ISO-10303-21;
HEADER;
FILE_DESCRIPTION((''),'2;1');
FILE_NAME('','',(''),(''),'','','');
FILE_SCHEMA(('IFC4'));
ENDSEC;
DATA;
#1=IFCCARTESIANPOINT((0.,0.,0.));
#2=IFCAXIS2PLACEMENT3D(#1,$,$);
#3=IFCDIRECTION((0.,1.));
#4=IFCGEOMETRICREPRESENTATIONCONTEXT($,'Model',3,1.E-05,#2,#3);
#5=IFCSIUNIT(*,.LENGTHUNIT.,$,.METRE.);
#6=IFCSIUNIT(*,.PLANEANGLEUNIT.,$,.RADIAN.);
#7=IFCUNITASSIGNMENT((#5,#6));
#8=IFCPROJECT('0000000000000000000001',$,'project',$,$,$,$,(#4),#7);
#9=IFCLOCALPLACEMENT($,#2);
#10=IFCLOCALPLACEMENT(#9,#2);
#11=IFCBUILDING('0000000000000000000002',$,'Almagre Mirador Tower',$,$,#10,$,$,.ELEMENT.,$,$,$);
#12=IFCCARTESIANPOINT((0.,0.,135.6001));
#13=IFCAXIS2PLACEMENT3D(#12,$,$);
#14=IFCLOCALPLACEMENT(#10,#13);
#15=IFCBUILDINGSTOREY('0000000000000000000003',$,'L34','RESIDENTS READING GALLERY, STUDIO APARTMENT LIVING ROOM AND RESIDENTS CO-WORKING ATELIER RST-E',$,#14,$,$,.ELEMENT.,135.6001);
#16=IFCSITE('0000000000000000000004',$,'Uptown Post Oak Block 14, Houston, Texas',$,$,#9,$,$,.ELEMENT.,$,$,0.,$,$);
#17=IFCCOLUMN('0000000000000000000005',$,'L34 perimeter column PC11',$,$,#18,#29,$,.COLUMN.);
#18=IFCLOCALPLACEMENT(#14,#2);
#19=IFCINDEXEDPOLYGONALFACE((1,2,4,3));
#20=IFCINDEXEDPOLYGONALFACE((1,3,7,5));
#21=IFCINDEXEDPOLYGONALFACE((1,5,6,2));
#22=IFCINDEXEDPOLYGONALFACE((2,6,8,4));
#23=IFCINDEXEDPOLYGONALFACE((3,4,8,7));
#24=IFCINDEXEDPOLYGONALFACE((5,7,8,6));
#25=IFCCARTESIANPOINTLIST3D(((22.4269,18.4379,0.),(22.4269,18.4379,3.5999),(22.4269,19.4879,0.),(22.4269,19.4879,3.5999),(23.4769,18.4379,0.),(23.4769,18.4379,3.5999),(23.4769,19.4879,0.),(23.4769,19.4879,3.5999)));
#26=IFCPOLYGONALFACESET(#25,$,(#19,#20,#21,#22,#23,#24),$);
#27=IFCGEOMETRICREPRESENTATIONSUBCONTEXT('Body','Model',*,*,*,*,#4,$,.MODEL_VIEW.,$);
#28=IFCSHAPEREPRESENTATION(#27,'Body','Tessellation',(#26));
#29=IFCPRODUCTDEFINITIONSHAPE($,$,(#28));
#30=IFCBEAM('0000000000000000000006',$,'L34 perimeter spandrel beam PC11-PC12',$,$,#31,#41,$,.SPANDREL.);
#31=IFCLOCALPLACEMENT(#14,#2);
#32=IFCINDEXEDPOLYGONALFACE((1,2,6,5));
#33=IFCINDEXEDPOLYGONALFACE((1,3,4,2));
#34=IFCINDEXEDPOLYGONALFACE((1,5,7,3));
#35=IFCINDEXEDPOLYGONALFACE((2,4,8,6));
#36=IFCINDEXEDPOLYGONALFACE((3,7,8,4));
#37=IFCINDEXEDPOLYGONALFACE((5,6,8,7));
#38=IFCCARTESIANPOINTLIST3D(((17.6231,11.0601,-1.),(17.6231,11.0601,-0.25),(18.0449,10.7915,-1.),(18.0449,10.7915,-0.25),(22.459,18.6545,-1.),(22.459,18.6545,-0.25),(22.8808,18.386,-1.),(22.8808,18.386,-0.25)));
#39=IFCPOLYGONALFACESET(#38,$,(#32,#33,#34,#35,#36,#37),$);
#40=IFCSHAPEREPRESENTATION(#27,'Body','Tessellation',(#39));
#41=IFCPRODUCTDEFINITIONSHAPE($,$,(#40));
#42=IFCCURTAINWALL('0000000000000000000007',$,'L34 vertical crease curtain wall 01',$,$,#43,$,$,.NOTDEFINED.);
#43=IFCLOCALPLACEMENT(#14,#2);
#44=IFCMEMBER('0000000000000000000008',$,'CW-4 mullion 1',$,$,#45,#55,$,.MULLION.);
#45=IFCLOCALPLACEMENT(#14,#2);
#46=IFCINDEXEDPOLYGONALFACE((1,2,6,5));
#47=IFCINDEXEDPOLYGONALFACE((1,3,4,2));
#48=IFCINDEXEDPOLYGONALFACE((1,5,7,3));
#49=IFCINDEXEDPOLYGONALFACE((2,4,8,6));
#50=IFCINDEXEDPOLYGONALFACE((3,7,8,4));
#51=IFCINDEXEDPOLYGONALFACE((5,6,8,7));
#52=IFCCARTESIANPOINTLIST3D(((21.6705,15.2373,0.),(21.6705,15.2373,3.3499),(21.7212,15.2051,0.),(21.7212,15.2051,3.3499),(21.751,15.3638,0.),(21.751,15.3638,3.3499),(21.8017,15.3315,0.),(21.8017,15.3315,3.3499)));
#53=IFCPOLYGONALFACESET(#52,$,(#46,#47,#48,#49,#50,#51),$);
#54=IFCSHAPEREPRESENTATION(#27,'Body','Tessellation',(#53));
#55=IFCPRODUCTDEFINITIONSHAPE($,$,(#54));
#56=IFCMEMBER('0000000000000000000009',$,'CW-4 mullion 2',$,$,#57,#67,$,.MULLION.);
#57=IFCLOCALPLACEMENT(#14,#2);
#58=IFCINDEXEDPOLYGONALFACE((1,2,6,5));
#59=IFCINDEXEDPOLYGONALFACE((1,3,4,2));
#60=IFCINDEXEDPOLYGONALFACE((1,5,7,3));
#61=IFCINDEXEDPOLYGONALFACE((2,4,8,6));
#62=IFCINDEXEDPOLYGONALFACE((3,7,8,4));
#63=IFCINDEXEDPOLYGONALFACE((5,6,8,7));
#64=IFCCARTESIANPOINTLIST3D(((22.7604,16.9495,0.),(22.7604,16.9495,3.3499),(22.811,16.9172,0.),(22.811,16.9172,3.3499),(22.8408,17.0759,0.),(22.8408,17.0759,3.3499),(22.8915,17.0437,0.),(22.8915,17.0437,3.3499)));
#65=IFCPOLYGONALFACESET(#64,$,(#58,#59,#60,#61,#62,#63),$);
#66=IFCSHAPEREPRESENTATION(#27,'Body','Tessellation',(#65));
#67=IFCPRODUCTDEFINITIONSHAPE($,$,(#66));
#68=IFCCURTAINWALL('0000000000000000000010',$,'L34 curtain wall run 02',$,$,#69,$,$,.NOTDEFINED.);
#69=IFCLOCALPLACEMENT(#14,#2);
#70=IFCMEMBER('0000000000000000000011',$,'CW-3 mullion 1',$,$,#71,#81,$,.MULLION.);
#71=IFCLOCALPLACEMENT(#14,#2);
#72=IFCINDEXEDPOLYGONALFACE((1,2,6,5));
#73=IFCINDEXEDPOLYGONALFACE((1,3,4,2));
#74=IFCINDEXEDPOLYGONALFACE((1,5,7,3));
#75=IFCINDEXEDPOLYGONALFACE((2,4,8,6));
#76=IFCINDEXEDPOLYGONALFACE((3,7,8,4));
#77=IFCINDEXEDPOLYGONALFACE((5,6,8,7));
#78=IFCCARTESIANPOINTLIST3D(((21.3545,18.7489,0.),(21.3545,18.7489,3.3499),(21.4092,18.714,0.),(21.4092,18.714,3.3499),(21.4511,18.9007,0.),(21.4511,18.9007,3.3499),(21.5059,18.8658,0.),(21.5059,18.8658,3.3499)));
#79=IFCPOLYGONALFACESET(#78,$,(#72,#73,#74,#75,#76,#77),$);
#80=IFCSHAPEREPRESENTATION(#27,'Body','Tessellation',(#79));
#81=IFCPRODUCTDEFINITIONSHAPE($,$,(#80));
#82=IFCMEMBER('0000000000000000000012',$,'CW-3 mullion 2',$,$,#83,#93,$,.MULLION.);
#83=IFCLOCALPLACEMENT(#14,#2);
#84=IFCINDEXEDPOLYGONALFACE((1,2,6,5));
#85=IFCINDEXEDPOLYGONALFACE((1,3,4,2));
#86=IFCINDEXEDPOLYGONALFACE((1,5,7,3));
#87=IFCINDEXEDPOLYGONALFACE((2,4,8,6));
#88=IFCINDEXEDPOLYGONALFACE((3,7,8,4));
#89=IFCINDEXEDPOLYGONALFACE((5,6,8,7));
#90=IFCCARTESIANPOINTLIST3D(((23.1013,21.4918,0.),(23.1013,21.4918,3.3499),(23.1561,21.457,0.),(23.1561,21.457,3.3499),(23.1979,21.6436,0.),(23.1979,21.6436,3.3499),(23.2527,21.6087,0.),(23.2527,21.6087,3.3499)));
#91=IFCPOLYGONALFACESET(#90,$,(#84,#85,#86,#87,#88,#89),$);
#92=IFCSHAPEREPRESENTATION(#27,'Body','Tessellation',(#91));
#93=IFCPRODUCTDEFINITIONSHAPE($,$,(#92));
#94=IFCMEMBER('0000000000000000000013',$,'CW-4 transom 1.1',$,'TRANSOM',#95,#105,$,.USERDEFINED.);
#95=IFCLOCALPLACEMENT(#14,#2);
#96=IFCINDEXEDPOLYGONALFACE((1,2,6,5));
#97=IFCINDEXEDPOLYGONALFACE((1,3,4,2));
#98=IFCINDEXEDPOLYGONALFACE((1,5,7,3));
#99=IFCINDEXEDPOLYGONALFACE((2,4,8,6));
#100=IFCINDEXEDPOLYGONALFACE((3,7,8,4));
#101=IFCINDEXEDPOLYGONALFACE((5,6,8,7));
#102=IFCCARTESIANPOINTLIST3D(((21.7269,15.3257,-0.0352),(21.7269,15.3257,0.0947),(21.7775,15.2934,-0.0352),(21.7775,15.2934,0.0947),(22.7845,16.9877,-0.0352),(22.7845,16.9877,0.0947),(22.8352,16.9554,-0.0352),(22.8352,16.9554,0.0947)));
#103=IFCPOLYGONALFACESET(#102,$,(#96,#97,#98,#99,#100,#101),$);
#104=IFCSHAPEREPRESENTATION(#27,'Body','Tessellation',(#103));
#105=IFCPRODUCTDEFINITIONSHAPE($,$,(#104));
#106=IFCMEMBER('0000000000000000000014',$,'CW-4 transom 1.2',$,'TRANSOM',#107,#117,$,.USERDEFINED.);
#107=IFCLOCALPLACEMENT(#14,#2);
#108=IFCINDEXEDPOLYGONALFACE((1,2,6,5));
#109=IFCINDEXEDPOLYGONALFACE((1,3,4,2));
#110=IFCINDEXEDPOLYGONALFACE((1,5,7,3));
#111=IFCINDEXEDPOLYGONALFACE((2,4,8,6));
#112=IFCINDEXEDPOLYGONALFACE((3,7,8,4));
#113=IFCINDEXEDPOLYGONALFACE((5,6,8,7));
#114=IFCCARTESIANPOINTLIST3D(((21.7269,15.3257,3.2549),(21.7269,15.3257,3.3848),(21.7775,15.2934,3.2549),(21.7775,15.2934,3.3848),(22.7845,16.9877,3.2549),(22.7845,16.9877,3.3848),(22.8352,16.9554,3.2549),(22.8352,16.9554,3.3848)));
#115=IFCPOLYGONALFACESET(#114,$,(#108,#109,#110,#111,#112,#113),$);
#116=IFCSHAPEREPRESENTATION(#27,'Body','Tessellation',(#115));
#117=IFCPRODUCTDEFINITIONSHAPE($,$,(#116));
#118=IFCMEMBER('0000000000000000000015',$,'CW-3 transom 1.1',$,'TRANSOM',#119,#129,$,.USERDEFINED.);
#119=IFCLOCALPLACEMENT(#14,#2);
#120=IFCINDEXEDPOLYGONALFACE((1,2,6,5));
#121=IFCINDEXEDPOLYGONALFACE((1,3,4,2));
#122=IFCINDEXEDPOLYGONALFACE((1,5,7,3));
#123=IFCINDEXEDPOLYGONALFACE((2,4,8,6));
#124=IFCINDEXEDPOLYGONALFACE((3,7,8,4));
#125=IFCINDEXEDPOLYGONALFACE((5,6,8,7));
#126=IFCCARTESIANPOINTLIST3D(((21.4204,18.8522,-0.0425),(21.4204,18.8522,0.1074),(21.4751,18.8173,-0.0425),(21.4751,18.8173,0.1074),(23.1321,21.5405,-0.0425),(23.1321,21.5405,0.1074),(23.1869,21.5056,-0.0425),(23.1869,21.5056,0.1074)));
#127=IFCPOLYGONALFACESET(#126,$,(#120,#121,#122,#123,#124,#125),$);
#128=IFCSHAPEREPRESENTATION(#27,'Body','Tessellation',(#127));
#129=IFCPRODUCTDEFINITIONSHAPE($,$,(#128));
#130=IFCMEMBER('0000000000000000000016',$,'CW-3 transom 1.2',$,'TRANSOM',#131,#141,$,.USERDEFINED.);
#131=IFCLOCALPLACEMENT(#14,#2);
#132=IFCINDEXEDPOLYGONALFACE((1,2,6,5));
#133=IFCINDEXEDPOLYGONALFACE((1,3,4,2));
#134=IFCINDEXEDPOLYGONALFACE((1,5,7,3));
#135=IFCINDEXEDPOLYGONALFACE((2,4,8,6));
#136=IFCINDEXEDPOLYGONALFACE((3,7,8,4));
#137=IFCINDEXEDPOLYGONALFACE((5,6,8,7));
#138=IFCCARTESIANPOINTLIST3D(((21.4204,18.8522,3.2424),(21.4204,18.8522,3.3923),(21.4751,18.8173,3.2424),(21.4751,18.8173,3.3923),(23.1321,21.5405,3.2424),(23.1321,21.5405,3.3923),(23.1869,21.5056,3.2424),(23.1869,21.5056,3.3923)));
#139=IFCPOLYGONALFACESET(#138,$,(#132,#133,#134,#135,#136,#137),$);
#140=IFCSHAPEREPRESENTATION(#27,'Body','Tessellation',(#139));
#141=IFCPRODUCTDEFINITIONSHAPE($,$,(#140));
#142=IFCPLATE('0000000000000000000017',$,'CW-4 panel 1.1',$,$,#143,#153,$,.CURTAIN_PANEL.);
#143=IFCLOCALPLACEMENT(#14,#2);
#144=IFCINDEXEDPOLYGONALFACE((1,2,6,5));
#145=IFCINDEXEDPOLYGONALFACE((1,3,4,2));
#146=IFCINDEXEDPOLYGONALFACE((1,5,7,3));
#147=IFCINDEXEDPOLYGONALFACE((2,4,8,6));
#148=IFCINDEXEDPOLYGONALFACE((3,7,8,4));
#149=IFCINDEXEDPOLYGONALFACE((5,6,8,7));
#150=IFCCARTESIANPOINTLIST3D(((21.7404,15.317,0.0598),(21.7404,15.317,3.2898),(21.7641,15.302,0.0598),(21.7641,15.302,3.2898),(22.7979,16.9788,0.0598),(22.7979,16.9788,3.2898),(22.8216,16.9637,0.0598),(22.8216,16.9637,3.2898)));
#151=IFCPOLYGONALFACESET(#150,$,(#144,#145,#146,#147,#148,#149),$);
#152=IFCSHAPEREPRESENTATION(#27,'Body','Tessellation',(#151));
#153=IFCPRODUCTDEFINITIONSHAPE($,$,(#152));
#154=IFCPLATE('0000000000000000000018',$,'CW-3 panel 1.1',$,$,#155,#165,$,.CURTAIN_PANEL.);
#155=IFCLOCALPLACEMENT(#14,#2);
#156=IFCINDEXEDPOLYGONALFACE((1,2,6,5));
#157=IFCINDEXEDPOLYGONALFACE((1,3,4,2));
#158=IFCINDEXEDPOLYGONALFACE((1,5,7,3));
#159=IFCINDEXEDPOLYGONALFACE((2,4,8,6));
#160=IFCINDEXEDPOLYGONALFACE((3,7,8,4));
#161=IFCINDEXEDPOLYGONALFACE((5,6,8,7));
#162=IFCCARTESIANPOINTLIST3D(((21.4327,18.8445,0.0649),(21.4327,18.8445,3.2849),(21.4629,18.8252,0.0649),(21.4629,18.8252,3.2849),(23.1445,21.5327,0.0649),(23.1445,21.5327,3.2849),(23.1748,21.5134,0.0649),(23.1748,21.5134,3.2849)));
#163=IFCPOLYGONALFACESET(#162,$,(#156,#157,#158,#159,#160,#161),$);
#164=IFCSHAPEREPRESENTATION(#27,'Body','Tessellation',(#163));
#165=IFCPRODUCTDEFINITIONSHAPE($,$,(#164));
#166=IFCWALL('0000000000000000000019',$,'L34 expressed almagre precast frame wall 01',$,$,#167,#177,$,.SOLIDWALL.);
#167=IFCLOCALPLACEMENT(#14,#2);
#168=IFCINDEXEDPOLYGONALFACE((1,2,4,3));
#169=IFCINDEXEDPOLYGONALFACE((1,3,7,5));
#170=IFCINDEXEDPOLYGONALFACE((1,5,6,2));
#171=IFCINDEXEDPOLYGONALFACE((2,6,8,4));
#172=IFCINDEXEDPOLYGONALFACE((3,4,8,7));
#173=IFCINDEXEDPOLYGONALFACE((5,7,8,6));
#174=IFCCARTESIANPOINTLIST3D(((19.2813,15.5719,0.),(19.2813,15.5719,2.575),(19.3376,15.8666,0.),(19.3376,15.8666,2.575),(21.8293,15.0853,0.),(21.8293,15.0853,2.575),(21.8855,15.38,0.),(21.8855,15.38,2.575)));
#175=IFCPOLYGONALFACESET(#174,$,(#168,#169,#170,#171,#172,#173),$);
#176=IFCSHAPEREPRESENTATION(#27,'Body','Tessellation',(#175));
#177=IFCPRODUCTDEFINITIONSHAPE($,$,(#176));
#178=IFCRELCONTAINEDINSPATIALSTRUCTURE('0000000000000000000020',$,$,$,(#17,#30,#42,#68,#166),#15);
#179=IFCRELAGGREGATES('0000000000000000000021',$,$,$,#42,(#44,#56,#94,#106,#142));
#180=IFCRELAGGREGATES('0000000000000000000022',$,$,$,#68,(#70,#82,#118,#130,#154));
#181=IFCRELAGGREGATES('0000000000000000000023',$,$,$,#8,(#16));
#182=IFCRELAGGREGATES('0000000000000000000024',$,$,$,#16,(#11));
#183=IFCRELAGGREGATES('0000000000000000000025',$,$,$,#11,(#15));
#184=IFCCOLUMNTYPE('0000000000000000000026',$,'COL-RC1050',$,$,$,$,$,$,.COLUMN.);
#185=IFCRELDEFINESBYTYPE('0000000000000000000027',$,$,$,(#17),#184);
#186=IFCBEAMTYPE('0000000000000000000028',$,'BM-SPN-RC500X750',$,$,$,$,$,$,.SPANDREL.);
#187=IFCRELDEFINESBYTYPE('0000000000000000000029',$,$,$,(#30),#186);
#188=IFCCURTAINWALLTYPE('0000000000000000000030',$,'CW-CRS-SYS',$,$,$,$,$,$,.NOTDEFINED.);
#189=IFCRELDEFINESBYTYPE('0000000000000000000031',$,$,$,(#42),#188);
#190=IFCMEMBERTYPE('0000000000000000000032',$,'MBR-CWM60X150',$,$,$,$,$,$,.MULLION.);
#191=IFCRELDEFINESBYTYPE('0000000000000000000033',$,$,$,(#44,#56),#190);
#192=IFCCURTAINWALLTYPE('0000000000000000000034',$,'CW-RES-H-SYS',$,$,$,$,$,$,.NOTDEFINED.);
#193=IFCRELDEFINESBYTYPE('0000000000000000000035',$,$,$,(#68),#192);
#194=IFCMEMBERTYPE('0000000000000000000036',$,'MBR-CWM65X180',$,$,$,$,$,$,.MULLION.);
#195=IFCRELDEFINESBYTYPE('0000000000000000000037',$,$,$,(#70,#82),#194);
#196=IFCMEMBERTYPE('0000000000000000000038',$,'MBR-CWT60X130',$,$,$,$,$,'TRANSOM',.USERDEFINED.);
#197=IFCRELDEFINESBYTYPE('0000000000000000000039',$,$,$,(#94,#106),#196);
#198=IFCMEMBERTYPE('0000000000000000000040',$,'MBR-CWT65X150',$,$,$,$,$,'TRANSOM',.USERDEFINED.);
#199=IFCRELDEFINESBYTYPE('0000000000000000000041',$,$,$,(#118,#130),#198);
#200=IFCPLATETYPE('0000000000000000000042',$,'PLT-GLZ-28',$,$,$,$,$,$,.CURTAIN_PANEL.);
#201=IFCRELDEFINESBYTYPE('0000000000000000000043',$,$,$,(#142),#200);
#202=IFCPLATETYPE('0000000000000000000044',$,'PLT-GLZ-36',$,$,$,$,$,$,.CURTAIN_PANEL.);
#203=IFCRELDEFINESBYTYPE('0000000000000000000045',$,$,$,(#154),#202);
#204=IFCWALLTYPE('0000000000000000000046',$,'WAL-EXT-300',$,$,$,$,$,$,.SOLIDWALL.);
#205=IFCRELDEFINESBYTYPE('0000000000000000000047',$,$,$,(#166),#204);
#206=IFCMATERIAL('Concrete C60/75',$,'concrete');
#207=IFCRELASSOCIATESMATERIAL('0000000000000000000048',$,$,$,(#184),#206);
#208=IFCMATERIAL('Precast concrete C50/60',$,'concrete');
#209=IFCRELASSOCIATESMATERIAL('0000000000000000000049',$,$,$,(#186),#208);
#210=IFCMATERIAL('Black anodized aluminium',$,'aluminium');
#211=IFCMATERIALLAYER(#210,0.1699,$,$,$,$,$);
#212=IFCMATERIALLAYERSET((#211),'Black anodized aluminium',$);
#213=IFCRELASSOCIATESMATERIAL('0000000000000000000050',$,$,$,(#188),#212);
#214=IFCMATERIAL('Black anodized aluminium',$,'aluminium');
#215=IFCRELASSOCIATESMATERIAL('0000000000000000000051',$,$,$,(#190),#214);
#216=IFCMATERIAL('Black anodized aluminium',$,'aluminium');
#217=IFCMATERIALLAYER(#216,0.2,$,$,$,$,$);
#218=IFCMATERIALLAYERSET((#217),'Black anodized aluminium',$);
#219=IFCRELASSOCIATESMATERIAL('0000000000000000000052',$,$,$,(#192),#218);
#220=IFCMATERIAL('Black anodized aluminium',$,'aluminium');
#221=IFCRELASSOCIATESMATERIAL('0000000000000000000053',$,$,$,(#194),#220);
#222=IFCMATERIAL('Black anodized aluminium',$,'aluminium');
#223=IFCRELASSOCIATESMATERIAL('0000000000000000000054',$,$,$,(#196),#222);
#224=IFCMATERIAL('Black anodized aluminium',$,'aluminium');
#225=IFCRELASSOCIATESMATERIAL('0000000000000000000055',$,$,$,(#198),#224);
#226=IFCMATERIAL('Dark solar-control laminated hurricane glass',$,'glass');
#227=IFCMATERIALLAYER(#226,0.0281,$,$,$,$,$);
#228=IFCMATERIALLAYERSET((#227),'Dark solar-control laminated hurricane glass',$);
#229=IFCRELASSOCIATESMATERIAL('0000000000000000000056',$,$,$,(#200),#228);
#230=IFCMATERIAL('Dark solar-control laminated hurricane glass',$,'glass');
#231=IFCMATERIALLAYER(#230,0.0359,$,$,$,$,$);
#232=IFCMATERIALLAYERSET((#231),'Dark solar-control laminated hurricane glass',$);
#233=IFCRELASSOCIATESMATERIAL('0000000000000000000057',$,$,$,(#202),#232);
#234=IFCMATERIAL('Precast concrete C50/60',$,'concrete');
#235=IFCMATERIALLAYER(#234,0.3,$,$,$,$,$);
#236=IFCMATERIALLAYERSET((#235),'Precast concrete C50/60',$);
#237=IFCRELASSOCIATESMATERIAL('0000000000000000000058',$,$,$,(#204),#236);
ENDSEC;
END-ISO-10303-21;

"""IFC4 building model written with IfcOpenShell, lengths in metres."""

from ifc_helpers import new_model, si_unit, direction, frame, frame_2d, origin, origin_2d, place, context, subcontext, project, spatial, rectangle, extrude, material, layer, layer_set, material_profile, profile_set, type_object, element, aggregate, save


model = new_model("IFC4")

# Units and contexts
model_context = context("Model", 3, precision=1e-05, world=origin(), true_north=direction((0.0, 1.0)))
body_context = subcontext(model_context, "Body", "Model", "MODEL_VIEW")
ifc_project = project(units=[si_unit("LENGTHUNIT", "METRE"), si_unit("PLANEANGLEUNIT", "RADIAN")], contexts=[model_context])

# Site, building, storey
site_placement = place(None, origin())
site = spatial("IfcSite", under=ifc_project, at=site_placement, Name="Uptown Post Oak Block 14, Houston, Texas", CompositionType="ELEMENT", RefElevation=0.0)
building_placement = place(site_placement, origin())
building = spatial("IfcBuilding", under=site, at=building_placement, Name="Almagre Mirador Tower", CompositionType="ELEMENT")
storey_placement = place(building_placement, frame((0.0, 0.0, 135.6001)))
storey = spatial("IfcBuildingStorey", under=building, at=storey_placement, Name="L34", Description="RESIDENTS READING GALLERY, STUDIO APARTMENT LIVING ROOM AND RESIDENTS CO-WORKING ATELIER RST-E", CompositionType="ELEMENT", Elevation=135.6001)

# Column
ifc_material_1 = material(Name="Concrete C60/75", Category="concrete")
ifc_material_profile_1 = material_profile(ifc_material_1, rectangle(XDim=1.05, YDim=1.05, at=origin_2d()), Name="RC1050X1050")
ifc_profile_set_1 = profile_set([ifc_material_profile_1], Name="Concrete C60/75")
column_type = type_object("IfcColumnType", Name="COL-RC1050", PredefinedType="COLUMN", material=ifc_profile_set_1)
column_placement = place(storey_placement, frame((22.9519, 18.9629, 0.0), z_axis=(0.0, 0.0, 1.0), x_axis=(1.0, 0.0, 0.0)))
element("IfcColumn", 1, at=column_placement, inside=storey, type_object=column_type, Name="L34 perimeter column PC11", PredefinedType="COLUMN", context=body_context, shape_type="SweptSolid", body=[
    extrude(rectangle(XDim=1.05, YDim=1.05, at=origin_2d()), origin(), (0.0, 0.0, 1.0), 3.5999),
])

# Beam
ifc_material_2 = material(Name="Precast concrete C50/60", Category="concrete")
ifc_material_profile_2 = material_profile(ifc_material_2, rectangle(XDim=0.5, YDim=0.75, at=origin_2d()), Name="RC500X750")
ifc_profile_set_2 = profile_set([ifc_material_profile_2], Name="Precast concrete C50/60")
beam_type = type_object("IfcBeamType", Name="BM-SPN-RC500X750", PredefinedType="SPANDREL", material=ifc_profile_set_2)
beam_placement = place(storey_placement, frame((22.6699, 18.5203, -0.625), z_axis=(-0.537119, -0.843506, 0.0), x_axis=(0.843506, -0.537119, 0.0)))
element("IfcBeam", 2, at=beam_placement, inside=storey, type_object=beam_type, Name="L34 perimeter spandrel beam PC11-PC12", PredefinedType="SPANDREL", context=body_context, shape_type="SweptSolid", body=[
    extrude(rectangle(XDim=0.5, YDim=0.75, at=origin_2d()), origin(), (0.0, 0.0, 1.0), 9.0034),
])

# Curtain walls, members
ifc_material_3 = material(Name="Black anodized aluminium", Category="aluminium")
ifc_layer_1 = layer(ifc_material_3, 0.1699)
ifc_layer_set_1 = layer_set([ifc_layer_1], Name="Black anodized aluminium")
curtain_wall_type_1 = type_object("IfcCurtainWallType", Name="CW-CRS-SYS", PredefinedType="NOTDEFINED", material=ifc_layer_set_1)
curtain_wall_1_placement = place(storey_placement, origin())
curtain_wall_1 = element("IfcCurtainWall", 3, at=curtain_wall_1_placement, inside=storey, type_object=curtain_wall_type_1, Name="L34 vertical crease curtain wall 01", PredefinedType="NOTDEFINED")
ifc_material_4 = material(Name="Black anodized aluminium", Category="aluminium")
ifc_material_profile_3 = material_profile(ifc_material_4, rectangle(XDim=0.0601, YDim=0.1499, at=origin_2d()), Name="CWM60X150")
ifc_profile_set_3 = profile_set([ifc_material_profile_3], Name="Black anodized aluminium")
member_type_1 = type_object("IfcMemberType", Name="MBR-CWM60X150", PredefinedType="MULLION", material=ifc_profile_set_3)
member_1_placement = place(storey_placement, frame((21.7361, 15.2844, 0.0), z_axis=(0.0, 0.0, 1.0), x_axis=(-0.843642, 0.536906, 0.0)))
member_1 = element("IfcMember", 4, at=member_1_placement, type_object=member_type_1, Name="CW-4 mullion 1", PredefinedType="MULLION", context=body_context, shape_type="SweptSolid", body=[
    extrude(rectangle(XDim=0.0601, YDim=0.1499, at=origin_2d()), origin(), (0.0, 0.0, 1.0), 3.3499),
])
member_2_placement = place(storey_placement, frame((22.8259, 16.9966, 0.0), z_axis=(0.0, 0.0, 1.0), x_axis=(-0.843642, 0.536906, 0.0)))
member_2 = element("IfcMember", 5, at=member_2_placement, type_object=member_type_1, Name="CW-4 mullion 2", PredefinedType="MULLION", context=body_context, shape_type="SweptSolid", body=[
    extrude(rectangle(XDim=0.0601, YDim=0.1499, at=origin_2d()), origin(), (0.0, 0.0, 1.0), 3.3499),
])
ifc_material_5 = material(Name="Black anodized aluminium", Category="aluminium")
ifc_layer_2 = layer(ifc_material_5, 0.2)
ifc_layer_set_2 = layer_set([ifc_layer_2], Name="Black anodized aluminium")
curtain_wall_type_2 = type_object("IfcCurtainWallType", Name="CW-RES-H-SYS", PredefinedType="NOTDEFINED", material=ifc_layer_set_2)
curtain_wall_2_placement = place(storey_placement, origin())
curtain_wall_2 = element("IfcCurtainWall", 6, at=curtain_wall_2_placement, inside=storey, type_object=curtain_wall_type_2, Name="L34 curtain wall run 02", PredefinedType="NOTDEFINED")
ifc_material_6 = material(Name="Black anodized aluminium", Category="aluminium")
ifc_material_profile_4 = material_profile(ifc_material_6, rectangle(XDim=0.0649, YDim=0.1799, at=origin_2d()), Name="CWM65X180")
ifc_profile_set_4 = profile_set([ifc_material_profile_4], Name="Black anodized aluminium")
member_type_2 = type_object("IfcMemberType", Name="MBR-CWM65X180", PredefinedType="MULLION", material=ifc_profile_set_4)
member_3_placement = place(storey_placement, frame((21.4302, 18.8074, 0.0), z_axis=(0.0, 0.0, 1.0), x_axis=(-0.843502, 0.537126, 0.0)))
member_3 = element("IfcMember", 7, at=member_3_placement, type_object=member_type_2, Name="CW-3 mullion 1", PredefinedType="MULLION", context=body_context, shape_type="SweptSolid", body=[
    extrude(rectangle(XDim=0.0649, YDim=0.1799, at=origin_2d()), origin(), (0.0, 0.0, 1.0), 3.3499),
])
member_4_placement = place(storey_placement, frame((23.177, 21.5503, 0.0), z_axis=(0.0, 0.0, 1.0), x_axis=(-0.843502, 0.537126, 0.0)))
member_4 = element("IfcMember", 8, at=member_4_placement, type_object=member_type_2, Name="CW-3 mullion 2", PredefinedType="MULLION", context=body_context, shape_type="SweptSolid", body=[
    extrude(rectangle(XDim=0.0649, YDim=0.1799, at=origin_2d()), origin(), (0.0, 0.0, 1.0), 3.3499),
])

# Members
ifc_material_7 = material(Name="Black anodized aluminium", Category="aluminium")
ifc_material_profile_5 = material_profile(ifc_material_7, rectangle(XDim=0.0601, YDim=0.1299, at=origin_2d()), Name="CWT60X130")
ifc_profile_set_5 = profile_set([ifc_material_profile_5], Name="Black anodized aluminium")
member_type_3 = type_object("IfcMemberType", Name="MBR-CWT60X130", ElementType="TRANSOM", PredefinedType="USERDEFINED", material=ifc_profile_set_5)
member_5_placement = place(storey_placement, frame((21.7522, 15.3096, 0.0298), z_axis=(0.5369, 0.843646, 0.0), x_axis=(-0.843646, 0.5369, 0.0)))
member_5 = element("IfcMember", 9, at=member_5_placement, type_object=member_type_3, Name="CW-4 transom 1.1", ObjectType="TRANSOM", PredefinedType="USERDEFINED", context=body_context, shape_type="SweptSolid", body=[
    extrude(rectangle(XDim=0.0601, YDim=0.1299, at=origin_2d()), origin(), (0.0, 0.0, 1.0), 1.97),
])
member_6_placement = place(storey_placement, frame((21.7522, 15.3096, 3.3198), z_axis=(0.5369, 0.843646, 0.0), x_axis=(-0.843646, 0.5369, 0.0)))
member_6 = element("IfcMember", 10, at=member_6_placement, type_object=member_type_3, Name="CW-4 transom 1.2", ObjectType="TRANSOM", PredefinedType="USERDEFINED", context=body_context, shape_type="SweptSolid", body=[
    extrude(rectangle(XDim=0.0601, YDim=0.1299, at=origin_2d()), origin(), (0.0, 0.0, 1.0), 1.97),
])
ifc_material_8 = material(Name="Black anodized aluminium", Category="aluminium")
ifc_material_profile_6 = material_profile(ifc_material_8, rectangle(XDim=0.0649, YDim=0.1499, at=origin_2d()), Name="CWT65X150")
ifc_profile_set_6 = profile_set([ifc_material_profile_6], Name="Black anodized aluminium")
member_type_4 = type_object("IfcMemberType", Name="MBR-CWT65X150", ElementType="TRANSOM", PredefinedType="USERDEFINED", material=ifc_profile_set_6)
member_7_placement = place(storey_placement, frame((21.4478, 18.8347, 0.0325), z_axis=(0.537094, 0.843523, 0.0), x_axis=(-0.843523, 0.537094, 0.0)))
member_7 = element("IfcMember", 11, at=member_7_placement, type_object=member_type_4, Name="CW-3 transom 1.1", ObjectType="TRANSOM", PredefinedType="USERDEFINED", context=body_context, shape_type="SweptSolid", body=[
    extrude(rectangle(XDim=0.0649, YDim=0.1499, at=origin_2d()), origin(), (0.0, 0.0, 1.0), 3.187),
])
member_8_placement = place(storey_placement, frame((21.4478, 18.8347, 3.3174), z_axis=(0.537094, 0.843523, 0.0), x_axis=(-0.843523, 0.537094, 0.0)))
member_8 = element("IfcMember", 12, at=member_8_placement, type_object=member_type_4, Name="CW-3 transom 1.2", ObjectType="TRANSOM", PredefinedType="USERDEFINED", context=body_context, shape_type="SweptSolid", body=[
    extrude(rectangle(XDim=0.0649, YDim=0.1499, at=origin_2d()), origin(), (0.0, 0.0, 1.0), 3.187),
])

# Plates
ifc_material_9 = material(Name="Dark solar-control laminated hurricane glass", Category="glass")
ifc_layer_3 = layer(ifc_material_9, 0.0281)
ifc_layer_set_3 = layer_set([ifc_layer_3], Name="Dark solar-control laminated hurricane glass")
plate_type_1 = type_object("IfcPlateType", Name="PLT-GLZ-28", PredefinedType="CURTAIN_PANEL", material=ifc_layer_set_3)
plate_1_placement = place(storey_placement, frame((22.281, 16.1404, 0.0598), z_axis=(0.0, 0.0, 1.0), x_axis=(0.536906, 0.843642, 0.0)))
plate_1 = element("IfcPlate", 13, at=plate_1_placement, type_object=plate_type_1, Name="CW-4 panel 1.1", PredefinedType="CURTAIN_PANEL", context=body_context, shape_type="SweptSolid", body=[
    extrude(rectangle(XDim=1.9697, YDim=0.0281, at=origin_2d()), origin(), (0.0, 0.0, 1.0), 3.23),
])
aggregate(curtain_wall_1, [member_1, member_2, member_5, member_6, plate_1])
ifc_material_10 = material(Name="Dark solar-control laminated hurricane glass", Category="glass")
ifc_layer_4 = layer(ifc_material_10, 0.0359)
ifc_layer_set_4 = layer_set([ifc_layer_4], Name="Dark solar-control laminated hurricane glass")
plate_type_2 = type_object("IfcPlateType", Name="PLT-GLZ-36", PredefinedType="CURTAIN_PANEL", material=ifc_layer_set_4)
plate_2_placement = place(storey_placement, frame((22.3037, 20.179, 0.0649), z_axis=(0.0, 0.0, 1.0), x_axis=(0.537126, 0.843502, 0.0)))
plate_2 = element("IfcPlate", 14, at=plate_2_placement, type_object=plate_type_2, Name="CW-3 panel 1.1", PredefinedType="CURTAIN_PANEL", context=body_context, shape_type="SweptSolid", body=[
    extrude(rectangle(XDim=3.187, YDim=0.0359, at=origin_2d()), origin(), (0.0, 0.0, 1.0), 3.22),
])
aggregate(curtain_wall_2, [member_3, member_4, member_7, member_8, plate_2])

# Wall
ifc_material_11 = material(Name="Precast concrete C50/60", Category="concrete")
ifc_layer_5 = layer(ifc_material_11, 0.3)
ifc_layer_set_5 = layer_set([ifc_layer_5], Name="Precast concrete C50/60")
wall_type_1 = type_object("IfcWallType", Name="WAL-EXT-300", PredefinedType="SOLIDWALL", material=ifc_layer_set_5)
wall_1_placement = place(storey_placement, frame((19.3096, 15.7192, 0.0), z_axis=(0.0, 0.0, 1.0), x_axis=(0.982249, -0.187584, 0.0)))
element("IfcWall", 15, at=wall_1_placement, inside=storey, type_object=wall_type_1, Name="L34 expressed almagre precast frame wall 01", PredefinedType="SOLIDWALL", context=body_context, shape_type="SweptSolid", body=[
    extrude(rectangle(XDim=2.594, YDim=0.3, at=frame_2d((1.2969, 0.0))), origin(), (0.0, 0.0, 1.0), 2.575),
])

save(model, "model.ifc")
